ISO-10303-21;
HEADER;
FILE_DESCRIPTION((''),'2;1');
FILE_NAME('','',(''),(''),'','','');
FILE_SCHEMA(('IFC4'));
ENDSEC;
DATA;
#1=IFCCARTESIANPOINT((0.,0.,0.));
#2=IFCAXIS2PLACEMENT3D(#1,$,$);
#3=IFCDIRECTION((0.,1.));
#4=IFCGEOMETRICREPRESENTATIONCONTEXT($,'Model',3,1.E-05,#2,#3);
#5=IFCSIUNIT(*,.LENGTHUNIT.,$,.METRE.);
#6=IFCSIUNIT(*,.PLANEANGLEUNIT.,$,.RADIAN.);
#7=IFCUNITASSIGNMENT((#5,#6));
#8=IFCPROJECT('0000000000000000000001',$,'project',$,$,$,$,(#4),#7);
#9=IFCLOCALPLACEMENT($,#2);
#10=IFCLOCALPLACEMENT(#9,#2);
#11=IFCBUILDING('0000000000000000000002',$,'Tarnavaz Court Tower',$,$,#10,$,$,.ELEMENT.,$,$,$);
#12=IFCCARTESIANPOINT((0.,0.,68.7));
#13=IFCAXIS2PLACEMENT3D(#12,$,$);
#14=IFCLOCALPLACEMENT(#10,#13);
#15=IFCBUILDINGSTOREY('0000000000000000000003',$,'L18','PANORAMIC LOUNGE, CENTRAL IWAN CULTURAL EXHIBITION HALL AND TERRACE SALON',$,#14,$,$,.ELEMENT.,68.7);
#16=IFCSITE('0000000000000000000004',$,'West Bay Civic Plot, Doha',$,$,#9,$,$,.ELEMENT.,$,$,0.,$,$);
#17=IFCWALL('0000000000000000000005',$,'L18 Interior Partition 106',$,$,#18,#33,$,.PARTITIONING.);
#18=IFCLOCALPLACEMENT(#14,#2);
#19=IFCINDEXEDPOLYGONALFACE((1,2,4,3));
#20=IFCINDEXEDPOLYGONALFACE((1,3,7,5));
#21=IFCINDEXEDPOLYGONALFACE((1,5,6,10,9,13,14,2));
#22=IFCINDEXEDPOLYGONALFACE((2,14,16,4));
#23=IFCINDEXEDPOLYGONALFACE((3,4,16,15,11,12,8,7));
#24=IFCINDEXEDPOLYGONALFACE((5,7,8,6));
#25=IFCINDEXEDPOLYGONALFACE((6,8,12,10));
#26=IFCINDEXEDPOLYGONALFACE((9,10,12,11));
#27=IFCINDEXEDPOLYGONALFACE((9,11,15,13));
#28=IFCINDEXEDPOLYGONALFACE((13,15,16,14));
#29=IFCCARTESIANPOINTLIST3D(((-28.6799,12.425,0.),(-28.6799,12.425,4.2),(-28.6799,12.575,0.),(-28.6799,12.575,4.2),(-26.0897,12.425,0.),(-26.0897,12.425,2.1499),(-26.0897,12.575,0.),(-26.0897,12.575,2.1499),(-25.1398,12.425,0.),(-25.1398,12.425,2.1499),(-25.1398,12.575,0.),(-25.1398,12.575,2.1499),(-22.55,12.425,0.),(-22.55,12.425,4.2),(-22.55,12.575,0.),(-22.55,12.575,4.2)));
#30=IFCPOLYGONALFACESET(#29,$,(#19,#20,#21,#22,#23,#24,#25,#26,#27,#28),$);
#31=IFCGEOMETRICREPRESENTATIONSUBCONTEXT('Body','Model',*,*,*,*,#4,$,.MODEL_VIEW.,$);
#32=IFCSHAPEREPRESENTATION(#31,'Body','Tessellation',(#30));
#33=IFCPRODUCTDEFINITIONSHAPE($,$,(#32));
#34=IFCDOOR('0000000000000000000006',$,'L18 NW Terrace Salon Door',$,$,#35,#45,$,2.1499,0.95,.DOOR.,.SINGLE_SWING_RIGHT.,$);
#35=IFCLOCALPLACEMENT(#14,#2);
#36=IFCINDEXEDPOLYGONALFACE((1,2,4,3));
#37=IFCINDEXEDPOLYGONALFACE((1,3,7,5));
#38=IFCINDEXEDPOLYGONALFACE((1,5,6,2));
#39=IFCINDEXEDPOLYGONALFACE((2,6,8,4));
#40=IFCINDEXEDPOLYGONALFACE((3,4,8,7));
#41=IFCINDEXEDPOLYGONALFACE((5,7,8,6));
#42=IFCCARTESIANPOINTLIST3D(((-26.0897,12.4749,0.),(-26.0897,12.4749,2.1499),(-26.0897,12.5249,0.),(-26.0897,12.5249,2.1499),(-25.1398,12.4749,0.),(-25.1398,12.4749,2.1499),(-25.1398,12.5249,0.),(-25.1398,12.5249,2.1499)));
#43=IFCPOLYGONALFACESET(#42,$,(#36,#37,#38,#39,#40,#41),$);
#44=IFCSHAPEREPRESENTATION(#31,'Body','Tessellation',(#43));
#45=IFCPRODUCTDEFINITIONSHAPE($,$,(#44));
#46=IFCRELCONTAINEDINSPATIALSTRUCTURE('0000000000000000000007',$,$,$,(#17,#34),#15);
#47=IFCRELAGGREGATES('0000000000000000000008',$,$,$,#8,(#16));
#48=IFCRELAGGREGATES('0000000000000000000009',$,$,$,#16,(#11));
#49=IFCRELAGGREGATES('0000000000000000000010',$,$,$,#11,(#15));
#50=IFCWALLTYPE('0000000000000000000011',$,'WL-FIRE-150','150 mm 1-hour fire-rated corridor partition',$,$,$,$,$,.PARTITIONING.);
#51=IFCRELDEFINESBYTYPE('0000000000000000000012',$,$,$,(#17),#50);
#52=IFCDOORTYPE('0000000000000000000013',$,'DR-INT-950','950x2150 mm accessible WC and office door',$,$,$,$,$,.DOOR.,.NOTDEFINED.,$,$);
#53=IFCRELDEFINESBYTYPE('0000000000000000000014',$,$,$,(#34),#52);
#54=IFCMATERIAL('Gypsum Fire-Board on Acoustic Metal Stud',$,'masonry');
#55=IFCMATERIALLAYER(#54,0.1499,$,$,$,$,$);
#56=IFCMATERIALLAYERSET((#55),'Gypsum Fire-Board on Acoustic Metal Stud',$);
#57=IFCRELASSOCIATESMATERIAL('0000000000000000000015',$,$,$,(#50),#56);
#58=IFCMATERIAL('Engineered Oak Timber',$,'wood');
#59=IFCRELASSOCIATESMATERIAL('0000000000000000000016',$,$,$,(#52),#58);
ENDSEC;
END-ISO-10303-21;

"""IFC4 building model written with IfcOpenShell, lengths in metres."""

from ifc_helpers import new_model, si_unit, direction, frame, frame_2d, origin, place, context, subcontext, project, spatial, rectangle, extrude, material, layer, layer_set, type_object, element, fill, save


model = new_model("IFC4")

# Units and contexts
model_context = context("Model", 3, precision=1e-05, world=origin(), true_north=direction((0.0, 1.0)))
body_context = subcontext(model_context, "Body", "Model", "MODEL_VIEW")
ifc_project = project(units=[si_unit("LENGTHUNIT", "METRE"), si_unit("PLANEANGLEUNIT", "RADIAN")], contexts=[model_context])

# Site, building, storey
site_placement = place(None, origin())
site = spatial("IfcSite", under=ifc_project, at=site_placement, Name="West Bay Civic Plot, Doha", CompositionType="ELEMENT", RefElevation=0.0)
building_placement = place(site_placement, origin())
building = spatial("IfcBuilding", under=site, at=building_placement, Name="Tarnavaz Court Tower", CompositionType="ELEMENT")
storey_placement = place(building_placement, frame((0.0, 0.0, 68.7)))
storey = spatial("IfcBuildingStorey", under=building, at=storey_placement, Name="L18", Description="PANORAMIC LOUNGE, CENTRAL IWAN CULTURAL EXHIBITION HALL AND TERRACE SALON", CompositionType="ELEMENT", Elevation=68.7)

# Shared definitions
ifc_material_1 = material(Name="Gypsum Fire-Board on Acoustic Metal Stud", Category="masonry")
ifc_layer_1 = layer(ifc_material_1, 0.1499)
ifc_layer_set_1 = layer_set([ifc_layer_1], Name="Gypsum Fire-Board on Acoustic Metal Stud")
wall_type_1 = type_object("IfcWallType", Name="WL-FIRE-150", Description="150 mm 1-hour fire-rated corridor partition", PredefinedType="PARTITIONING", material=ifc_layer_set_1)

# Wall, opening, door
wall_1_placement = place(storey_placement, frame((-28.6799, 12.5, 0.0), z_axis=(0.0, 0.0, 1.0), x_axis=(1.0, 0.0, 0.0)))
wall_1 = element("IfcWall", 1, at=wall_1_placement, inside=storey, type_object=wall_type_1, Name="L18 Interior Partition 106", PredefinedType="PARTITIONING", context=body_context, shape_type="SweptSolid", body=[
    extrude(rectangle(XDim=6.1299, YDim=0.1499, at=frame_2d((3.0649, 0.0))), origin(), (0.0, 0.0, 1.0), 4.2),
])
opening_1_placement = place(wall_1_placement, frame((2.5901, 0.0, 0.0)))
opening_1 = element("IfcOpeningElement", 2, at=opening_1_placement, cuts=wall_1, PredefinedType="OPENING", context=body_context, shape_type="SweptSolid", body=[
    extrude(rectangle(XDim=0.95, YDim=2.1499, at=frame_2d((0.4751, 1.075))), frame((0.0, 0.085, 0.0), z_axis=(0.0, -1.0, 0.0), x_axis=(1.0, 0.0, 0.0)), (0.0, 0.0, 1.0), 0.1699),
])
ifc_material_2 = material(Name="Engineered Oak Timber", Category="wood")
door_type_1 = type_object("IfcDoorType", Name="DR-INT-950", Description="950x2150 mm accessible WC and office door", OperationType="NOTDEFINED", PredefinedType="DOOR", material=ifc_material_2)
door_1_placement = place(opening_1_placement, origin())
door_1 = element("IfcDoor", 3, at=door_1_placement, inside=storey, type_object=door_type_1, Name="L18 NW Terrace Salon Door", OperationType="SINGLE_SWING_RIGHT", OverallHeight=2.1499, OverallWidth=0.95, PredefinedType="DOOR", context=body_context, shape_type="SweptSolid", body=[
    extrude(rectangle(XDim=0.95, YDim=2.1499, at=frame_2d((0.4751, 1.075))), frame((0.0, 0.0249, 0.0), z_axis=(0.0, -1.0, 0.0), x_axis=(1.0, 0.0, 0.0)), (0.0, 0.0, 1.0), 0.05),
])
fill(opening_1, door_1)

save(model, "model.ifc")
